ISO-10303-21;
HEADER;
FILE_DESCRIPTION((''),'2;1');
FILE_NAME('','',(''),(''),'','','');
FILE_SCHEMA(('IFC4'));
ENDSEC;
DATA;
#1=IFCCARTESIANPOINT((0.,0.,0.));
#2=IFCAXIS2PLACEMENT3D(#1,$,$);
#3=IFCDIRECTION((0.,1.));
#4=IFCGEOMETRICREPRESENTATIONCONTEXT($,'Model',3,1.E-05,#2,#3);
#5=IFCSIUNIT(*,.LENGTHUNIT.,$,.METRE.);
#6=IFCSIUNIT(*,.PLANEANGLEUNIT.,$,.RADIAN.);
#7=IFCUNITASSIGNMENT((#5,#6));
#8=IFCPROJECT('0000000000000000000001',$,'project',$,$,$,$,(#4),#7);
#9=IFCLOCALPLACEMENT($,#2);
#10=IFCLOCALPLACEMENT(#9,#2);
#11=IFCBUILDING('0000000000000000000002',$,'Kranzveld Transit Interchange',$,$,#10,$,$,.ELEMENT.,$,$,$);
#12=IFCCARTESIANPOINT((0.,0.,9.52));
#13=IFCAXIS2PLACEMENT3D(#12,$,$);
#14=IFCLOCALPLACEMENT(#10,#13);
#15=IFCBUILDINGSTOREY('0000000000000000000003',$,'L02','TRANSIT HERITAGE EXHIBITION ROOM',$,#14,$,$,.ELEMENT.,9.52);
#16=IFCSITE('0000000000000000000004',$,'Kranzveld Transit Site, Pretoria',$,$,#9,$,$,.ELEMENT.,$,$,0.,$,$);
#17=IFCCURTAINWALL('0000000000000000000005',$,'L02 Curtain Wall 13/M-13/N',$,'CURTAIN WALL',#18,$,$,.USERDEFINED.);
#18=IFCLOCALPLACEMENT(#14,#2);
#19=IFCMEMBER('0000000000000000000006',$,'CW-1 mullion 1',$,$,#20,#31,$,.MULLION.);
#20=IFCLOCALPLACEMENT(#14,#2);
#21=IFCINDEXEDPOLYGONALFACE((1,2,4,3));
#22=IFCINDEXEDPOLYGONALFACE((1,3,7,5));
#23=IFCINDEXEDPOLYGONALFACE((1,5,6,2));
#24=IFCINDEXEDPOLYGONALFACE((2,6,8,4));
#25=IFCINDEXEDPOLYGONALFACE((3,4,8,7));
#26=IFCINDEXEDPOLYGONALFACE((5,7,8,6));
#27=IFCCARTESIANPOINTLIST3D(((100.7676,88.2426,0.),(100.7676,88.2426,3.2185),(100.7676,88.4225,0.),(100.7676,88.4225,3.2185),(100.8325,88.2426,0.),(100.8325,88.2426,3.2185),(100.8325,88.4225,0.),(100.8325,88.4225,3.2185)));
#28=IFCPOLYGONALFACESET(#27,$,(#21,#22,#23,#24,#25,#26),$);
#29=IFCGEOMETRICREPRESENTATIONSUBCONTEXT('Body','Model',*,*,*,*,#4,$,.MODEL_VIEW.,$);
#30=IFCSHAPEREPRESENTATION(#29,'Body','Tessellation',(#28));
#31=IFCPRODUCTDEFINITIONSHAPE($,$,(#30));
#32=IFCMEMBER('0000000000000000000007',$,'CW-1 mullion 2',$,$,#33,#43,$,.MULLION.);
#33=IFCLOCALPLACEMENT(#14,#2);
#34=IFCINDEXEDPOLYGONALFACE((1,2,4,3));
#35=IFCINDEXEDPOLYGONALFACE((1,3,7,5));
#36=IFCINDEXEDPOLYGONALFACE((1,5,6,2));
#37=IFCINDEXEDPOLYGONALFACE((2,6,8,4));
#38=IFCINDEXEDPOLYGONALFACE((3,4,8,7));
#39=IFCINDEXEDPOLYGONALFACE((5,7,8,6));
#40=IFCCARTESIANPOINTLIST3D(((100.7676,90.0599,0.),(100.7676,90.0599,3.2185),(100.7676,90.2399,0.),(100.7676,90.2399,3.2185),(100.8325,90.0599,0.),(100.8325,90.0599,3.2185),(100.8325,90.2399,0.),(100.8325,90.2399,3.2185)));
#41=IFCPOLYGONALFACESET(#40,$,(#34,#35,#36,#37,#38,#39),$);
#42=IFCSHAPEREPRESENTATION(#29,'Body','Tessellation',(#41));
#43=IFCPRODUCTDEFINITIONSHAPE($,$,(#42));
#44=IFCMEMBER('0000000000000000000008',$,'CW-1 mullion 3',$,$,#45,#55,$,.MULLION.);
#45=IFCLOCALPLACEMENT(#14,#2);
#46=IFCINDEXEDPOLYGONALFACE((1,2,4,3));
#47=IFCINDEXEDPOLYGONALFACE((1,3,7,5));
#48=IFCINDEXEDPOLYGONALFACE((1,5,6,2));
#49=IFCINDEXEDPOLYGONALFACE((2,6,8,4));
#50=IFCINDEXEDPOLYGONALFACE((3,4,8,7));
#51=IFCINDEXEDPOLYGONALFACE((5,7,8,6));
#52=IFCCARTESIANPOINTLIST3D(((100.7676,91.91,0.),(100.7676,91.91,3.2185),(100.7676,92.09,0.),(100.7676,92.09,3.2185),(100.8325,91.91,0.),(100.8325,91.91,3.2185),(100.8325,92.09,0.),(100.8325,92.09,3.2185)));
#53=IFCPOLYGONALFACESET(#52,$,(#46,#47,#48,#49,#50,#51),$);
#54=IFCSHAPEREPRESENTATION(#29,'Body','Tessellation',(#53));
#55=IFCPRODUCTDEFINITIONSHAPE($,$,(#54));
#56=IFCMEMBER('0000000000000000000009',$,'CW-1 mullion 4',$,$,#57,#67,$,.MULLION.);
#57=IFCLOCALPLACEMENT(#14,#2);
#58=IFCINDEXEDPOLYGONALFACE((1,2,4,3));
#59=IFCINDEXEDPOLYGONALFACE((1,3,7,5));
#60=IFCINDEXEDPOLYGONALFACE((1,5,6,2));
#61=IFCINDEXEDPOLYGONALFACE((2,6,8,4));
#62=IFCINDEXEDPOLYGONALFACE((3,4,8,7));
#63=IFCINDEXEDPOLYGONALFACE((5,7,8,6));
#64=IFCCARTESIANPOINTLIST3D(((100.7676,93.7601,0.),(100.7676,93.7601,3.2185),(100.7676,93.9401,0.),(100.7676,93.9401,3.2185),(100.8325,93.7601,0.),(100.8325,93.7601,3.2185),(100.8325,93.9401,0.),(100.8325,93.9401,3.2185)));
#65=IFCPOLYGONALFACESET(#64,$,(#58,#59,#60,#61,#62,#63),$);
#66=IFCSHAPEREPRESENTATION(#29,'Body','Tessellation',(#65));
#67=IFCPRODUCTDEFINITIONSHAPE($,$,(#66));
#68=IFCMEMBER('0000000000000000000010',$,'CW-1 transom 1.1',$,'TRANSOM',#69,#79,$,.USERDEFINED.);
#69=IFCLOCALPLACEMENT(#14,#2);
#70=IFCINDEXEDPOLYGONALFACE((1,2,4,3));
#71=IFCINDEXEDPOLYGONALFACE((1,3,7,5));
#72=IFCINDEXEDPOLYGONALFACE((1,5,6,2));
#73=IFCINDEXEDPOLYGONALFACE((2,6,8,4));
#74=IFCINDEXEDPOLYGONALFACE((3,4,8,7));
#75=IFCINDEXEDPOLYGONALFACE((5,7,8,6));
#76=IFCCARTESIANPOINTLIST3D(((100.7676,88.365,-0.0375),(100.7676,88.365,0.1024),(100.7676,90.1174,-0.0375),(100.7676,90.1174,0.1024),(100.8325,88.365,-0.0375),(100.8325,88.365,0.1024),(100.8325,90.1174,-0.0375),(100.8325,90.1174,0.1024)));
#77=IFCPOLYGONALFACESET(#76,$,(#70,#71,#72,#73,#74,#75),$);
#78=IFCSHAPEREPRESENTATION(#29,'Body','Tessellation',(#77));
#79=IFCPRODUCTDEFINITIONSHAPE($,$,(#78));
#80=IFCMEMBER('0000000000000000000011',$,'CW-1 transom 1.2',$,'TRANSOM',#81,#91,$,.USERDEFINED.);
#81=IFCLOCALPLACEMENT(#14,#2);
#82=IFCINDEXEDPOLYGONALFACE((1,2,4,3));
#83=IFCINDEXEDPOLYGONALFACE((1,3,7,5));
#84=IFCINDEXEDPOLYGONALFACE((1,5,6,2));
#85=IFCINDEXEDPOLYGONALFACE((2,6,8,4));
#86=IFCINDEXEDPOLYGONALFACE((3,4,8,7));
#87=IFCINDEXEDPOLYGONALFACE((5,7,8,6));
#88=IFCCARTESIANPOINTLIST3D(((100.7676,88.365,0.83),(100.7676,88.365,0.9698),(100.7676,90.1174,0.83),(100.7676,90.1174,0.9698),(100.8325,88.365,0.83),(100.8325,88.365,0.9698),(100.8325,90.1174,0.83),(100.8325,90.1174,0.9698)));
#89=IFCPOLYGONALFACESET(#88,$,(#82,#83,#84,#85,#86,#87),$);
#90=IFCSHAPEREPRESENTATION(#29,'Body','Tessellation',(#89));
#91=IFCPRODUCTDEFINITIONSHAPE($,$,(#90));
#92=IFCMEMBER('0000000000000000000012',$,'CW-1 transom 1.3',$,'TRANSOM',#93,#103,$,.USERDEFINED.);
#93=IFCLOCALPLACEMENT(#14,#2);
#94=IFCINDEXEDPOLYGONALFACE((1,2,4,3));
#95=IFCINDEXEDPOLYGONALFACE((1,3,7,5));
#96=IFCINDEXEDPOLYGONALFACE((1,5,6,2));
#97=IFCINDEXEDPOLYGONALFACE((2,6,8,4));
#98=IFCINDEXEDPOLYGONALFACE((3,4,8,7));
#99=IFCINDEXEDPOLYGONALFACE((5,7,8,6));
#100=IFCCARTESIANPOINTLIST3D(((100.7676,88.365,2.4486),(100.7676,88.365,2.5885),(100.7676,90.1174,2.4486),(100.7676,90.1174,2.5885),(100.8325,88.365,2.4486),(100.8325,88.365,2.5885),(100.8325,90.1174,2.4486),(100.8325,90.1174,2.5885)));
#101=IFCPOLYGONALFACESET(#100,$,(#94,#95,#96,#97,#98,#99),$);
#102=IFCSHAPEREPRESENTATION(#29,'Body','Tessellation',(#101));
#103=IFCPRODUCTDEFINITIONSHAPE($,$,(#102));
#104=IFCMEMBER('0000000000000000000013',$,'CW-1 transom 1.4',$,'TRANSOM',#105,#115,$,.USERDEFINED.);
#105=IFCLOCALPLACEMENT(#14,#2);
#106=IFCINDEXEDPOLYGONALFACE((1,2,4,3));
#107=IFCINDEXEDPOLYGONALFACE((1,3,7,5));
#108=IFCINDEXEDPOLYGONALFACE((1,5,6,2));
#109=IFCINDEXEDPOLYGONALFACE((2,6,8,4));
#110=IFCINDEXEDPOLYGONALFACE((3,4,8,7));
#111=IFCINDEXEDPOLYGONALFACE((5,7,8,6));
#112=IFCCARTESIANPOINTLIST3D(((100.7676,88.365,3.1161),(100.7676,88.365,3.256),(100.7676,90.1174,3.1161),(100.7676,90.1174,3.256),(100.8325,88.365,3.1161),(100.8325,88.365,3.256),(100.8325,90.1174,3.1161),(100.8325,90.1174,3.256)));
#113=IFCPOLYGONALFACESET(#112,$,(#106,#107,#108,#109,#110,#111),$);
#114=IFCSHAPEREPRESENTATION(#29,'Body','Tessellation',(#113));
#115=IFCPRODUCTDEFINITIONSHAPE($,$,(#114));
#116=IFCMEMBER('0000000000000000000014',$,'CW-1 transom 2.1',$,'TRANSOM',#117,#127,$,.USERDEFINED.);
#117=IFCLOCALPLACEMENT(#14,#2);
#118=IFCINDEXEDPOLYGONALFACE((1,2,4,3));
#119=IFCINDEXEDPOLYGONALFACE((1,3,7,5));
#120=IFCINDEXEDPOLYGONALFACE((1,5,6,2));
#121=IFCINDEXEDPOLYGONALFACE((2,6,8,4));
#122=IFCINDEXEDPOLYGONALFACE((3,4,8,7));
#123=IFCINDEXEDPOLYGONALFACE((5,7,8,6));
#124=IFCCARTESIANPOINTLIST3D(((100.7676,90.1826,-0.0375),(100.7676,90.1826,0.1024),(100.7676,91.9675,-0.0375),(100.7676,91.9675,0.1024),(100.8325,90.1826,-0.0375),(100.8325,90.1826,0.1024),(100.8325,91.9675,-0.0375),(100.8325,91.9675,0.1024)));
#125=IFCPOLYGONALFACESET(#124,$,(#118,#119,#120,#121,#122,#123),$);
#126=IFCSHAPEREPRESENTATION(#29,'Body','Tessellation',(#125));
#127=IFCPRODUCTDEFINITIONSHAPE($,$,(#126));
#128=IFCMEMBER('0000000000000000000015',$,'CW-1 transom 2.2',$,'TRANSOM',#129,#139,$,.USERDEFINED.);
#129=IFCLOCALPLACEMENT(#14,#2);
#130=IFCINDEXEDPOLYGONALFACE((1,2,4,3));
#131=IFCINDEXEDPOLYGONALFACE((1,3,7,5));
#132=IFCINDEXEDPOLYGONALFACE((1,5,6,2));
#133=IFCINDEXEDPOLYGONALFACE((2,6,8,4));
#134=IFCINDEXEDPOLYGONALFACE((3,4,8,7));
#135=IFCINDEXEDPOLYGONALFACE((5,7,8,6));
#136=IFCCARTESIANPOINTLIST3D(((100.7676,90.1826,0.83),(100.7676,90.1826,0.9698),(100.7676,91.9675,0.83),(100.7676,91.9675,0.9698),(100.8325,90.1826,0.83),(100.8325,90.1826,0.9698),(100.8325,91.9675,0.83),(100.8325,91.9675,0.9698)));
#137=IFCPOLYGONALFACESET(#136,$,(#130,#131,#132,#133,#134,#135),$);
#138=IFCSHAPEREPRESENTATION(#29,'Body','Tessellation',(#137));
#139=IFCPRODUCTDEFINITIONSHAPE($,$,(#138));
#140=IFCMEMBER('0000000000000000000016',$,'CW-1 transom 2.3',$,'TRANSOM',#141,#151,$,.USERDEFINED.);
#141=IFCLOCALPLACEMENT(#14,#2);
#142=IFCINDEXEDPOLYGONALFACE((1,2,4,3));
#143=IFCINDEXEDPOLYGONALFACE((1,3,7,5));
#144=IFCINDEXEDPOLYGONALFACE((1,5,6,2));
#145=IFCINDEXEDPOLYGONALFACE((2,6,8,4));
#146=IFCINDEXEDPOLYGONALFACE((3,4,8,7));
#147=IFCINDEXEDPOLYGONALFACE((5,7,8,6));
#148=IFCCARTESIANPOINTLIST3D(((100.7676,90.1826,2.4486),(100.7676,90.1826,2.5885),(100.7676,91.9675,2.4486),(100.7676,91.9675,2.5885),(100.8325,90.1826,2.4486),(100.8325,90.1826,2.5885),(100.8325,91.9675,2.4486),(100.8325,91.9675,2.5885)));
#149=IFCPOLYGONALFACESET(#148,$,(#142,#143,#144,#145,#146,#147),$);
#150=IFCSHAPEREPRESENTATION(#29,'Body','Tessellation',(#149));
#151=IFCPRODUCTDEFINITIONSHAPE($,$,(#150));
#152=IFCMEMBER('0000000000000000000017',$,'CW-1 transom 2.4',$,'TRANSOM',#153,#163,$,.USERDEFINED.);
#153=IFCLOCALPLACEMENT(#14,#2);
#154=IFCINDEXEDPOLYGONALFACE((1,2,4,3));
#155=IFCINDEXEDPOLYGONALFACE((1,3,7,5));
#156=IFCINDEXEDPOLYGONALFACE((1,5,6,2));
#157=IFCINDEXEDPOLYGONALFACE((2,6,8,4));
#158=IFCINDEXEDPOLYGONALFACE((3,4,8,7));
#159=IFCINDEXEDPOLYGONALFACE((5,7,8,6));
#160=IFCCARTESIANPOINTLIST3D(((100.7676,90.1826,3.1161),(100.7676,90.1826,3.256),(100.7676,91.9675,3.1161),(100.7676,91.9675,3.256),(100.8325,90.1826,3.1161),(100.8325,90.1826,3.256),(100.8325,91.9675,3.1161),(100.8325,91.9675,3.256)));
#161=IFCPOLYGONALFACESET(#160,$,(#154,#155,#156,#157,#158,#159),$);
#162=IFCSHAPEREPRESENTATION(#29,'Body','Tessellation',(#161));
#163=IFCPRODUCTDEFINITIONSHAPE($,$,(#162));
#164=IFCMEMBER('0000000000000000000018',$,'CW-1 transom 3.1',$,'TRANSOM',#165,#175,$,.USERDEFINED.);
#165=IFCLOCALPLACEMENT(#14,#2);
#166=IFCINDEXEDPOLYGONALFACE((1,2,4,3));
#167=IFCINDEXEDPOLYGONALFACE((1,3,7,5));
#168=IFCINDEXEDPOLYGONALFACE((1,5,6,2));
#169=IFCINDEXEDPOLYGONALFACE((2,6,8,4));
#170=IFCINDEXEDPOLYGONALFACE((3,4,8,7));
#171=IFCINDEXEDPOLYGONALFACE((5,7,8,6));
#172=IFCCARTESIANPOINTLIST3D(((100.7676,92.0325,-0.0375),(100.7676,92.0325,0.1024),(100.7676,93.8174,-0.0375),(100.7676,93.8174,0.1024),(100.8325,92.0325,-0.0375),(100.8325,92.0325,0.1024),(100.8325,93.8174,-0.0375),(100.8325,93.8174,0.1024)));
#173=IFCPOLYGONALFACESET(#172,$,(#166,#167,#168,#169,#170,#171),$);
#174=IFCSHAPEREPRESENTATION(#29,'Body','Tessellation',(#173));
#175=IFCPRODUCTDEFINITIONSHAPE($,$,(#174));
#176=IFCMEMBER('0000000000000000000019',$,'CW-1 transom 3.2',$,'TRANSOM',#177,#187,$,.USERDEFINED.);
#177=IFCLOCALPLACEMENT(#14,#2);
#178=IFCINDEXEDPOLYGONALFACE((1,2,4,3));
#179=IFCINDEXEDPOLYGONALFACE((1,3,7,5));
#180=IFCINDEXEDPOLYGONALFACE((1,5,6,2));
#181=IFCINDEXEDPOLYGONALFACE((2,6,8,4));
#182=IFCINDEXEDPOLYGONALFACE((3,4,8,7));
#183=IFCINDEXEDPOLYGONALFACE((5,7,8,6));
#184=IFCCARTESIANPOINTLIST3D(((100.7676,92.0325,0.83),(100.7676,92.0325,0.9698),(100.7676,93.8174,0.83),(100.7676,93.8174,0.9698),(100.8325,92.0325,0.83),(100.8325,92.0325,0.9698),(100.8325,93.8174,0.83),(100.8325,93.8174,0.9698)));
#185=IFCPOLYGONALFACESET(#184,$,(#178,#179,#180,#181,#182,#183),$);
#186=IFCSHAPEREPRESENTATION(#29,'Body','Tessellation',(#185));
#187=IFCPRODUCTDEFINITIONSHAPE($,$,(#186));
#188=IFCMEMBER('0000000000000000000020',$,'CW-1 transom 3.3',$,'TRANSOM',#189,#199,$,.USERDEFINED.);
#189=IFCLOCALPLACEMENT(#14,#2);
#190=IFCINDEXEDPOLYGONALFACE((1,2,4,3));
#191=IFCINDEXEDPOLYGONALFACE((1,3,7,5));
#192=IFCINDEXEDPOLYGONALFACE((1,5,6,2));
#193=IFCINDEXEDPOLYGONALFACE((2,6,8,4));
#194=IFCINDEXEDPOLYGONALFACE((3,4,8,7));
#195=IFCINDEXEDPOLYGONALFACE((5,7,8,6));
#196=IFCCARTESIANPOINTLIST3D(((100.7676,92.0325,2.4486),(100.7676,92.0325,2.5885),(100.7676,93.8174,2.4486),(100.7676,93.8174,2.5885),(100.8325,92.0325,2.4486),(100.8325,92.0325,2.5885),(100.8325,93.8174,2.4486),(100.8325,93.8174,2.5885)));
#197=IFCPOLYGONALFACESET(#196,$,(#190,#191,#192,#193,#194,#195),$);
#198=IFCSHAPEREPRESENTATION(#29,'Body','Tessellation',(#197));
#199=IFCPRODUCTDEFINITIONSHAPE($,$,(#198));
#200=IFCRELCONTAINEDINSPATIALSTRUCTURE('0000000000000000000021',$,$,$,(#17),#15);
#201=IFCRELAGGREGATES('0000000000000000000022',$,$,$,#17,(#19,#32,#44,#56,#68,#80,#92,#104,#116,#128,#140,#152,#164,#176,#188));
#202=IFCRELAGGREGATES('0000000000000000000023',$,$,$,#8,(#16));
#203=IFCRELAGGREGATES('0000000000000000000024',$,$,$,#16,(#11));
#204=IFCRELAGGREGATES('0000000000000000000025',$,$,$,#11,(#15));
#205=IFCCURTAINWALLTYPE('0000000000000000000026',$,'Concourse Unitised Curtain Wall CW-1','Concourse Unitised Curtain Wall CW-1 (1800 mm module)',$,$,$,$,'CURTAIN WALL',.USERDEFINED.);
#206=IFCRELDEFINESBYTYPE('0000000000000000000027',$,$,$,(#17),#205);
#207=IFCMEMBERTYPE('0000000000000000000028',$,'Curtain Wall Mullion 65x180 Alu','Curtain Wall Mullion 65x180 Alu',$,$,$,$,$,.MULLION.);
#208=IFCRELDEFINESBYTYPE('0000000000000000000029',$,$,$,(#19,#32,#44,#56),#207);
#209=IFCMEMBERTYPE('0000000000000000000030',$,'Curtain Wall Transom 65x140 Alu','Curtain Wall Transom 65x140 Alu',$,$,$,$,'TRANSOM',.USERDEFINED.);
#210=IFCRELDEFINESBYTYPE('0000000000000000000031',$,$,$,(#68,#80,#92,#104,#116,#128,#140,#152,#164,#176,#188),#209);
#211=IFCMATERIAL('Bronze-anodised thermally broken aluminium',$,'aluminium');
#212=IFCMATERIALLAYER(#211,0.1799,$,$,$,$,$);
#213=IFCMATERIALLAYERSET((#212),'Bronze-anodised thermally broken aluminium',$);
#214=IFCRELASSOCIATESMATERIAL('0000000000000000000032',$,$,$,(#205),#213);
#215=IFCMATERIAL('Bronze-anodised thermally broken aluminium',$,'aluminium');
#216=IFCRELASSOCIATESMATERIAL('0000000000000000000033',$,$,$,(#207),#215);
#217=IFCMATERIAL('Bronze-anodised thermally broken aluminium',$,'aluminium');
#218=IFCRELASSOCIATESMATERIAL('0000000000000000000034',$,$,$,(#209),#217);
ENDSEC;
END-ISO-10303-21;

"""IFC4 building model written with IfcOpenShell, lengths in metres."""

from ifc_helpers import new_model, si_unit, direction, frame, origin, origin_2d, place, context, subcontext, project, spatial, rectangle, extrude, material, layer, layer_set, material_profile, profile_set, type_object, element, aggregate, save


model = new_model("IFC4")

# Units and contexts
model_context = context("Model", 3, precision=1e-05, world=origin(), true_north=direction((0.0, 1.0)))
body_context = subcontext(model_context, "Body", "Model", "MODEL_VIEW")
ifc_project = project(units=[si_unit("LENGTHUNIT", "METRE"), si_unit("PLANEANGLEUNIT", "RADIAN")], contexts=[model_context])

# Site, building, storey
site_placement = place(None, origin())
site = spatial("IfcSite", under=ifc_project, at=site_placement, Name="Kranzveld Transit Site, Pretoria", CompositionType="ELEMENT", RefElevation=0.0)
building_placement = place(site_placement, origin())
building = spatial("IfcBuilding", under=site, at=building_placement, Name="Kranzveld Transit Interchange", CompositionType="ELEMENT")
storey_placement = place(building_placement, frame((0.0, 0.0, 9.52)))
storey = spatial("IfcBuildingStorey", under=building, at=storey_placement, Name="L02", Description="TRANSIT HERITAGE EXHIBITION ROOM", CompositionType="ELEMENT", Elevation=9.52)

# Curtain wall, members
ifc_material_1 = material(Name="Bronze-anodised thermally broken aluminium", Category="aluminium")
ifc_layer_1 = layer(ifc_material_1, 0.1799)
ifc_layer_set_1 = layer_set([ifc_layer_1], Name="Bronze-anodised thermally broken aluminium")
curtain_wall_type = type_object("IfcCurtainWallType", Name="Concourse Unitised Curtain Wall CW-1", Description="Concourse Unitised Curtain Wall CW-1 (1800 mm module)", ElementType="CURTAIN WALL", PredefinedType="USERDEFINED", material=ifc_layer_set_1)
curtain_wall_placement = place(storey_placement, origin())
curtain_wall = element("IfcCurtainWall", 1, at=curtain_wall_placement, inside=storey, type_object=curtain_wall_type, Name="L02 Curtain Wall 13/M-13/N", ObjectType="CURTAIN WALL", PredefinedType="USERDEFINED")
ifc_material_2 = material(Name="Bronze-anodised thermally broken aluminium", Category="aluminium")
ifc_material_profile_1 = material_profile(ifc_material_2, rectangle(XDim=0.0649, YDim=0.1799, at=origin_2d()), Name="ALU MULLION 65x180")
ifc_profile_set_1 = profile_set([ifc_material_profile_1], Name="Bronze-anodised thermally broken aluminium")
member_type_1 = type_object("IfcMemberType", Name="Curtain Wall Mullion 65x180 Alu", Description="Curtain Wall Mullion 65x180 Alu", PredefinedType="MULLION", material=ifc_profile_set_1)
member_1_placement = place(storey_placement, frame((100.8, 88.3325, 0.0), z_axis=(0.0, 0.0, 1.0), x_axis=(-1.0, 0.0, 0.0)))
member_1 = element("IfcMember", 2, at=member_1_placement, type_object=member_type_1, Name="CW-1 mullion 1", PredefinedType="MULLION", context=body_context, shape_type="SweptSolid", body=[
    extrude(rectangle(XDim=0.0649, YDim=0.1799, at=origin_2d()), origin(), (0.0, 0.0, 1.0), 3.2185),
])
member_2_placement = place(storey_placement, frame((100.8, 90.1499, 0.0), z_axis=(0.0, 0.0, 1.0), x_axis=(-1.0, 0.0, 0.0)))
member_2 = element("IfcMember", 3, at=member_2_placement, type_object=member_type_1, Name="CW-1 mullion 2", PredefinedType="MULLION", context=body_context, shape_type="SweptSolid", body=[
    extrude(rectangle(XDim=0.0649, YDim=0.1799, at=origin_2d()), origin(), (0.0, 0.0, 1.0), 3.2185),
])
member_3_placement = place(storey_placement, frame((100.8, 92.0, 0.0), z_axis=(0.0, 0.0, 1.0), x_axis=(-1.0, 0.0, 0.0)))
member_3 = element("IfcMember", 4, at=member_3_placement, type_object=member_type_1, Name="CW-1 mullion 3", PredefinedType="MULLION", context=body_context, shape_type="SweptSolid", body=[
    extrude(rectangle(XDim=0.0649, YDim=0.1799, at=origin_2d()), origin(), (0.0, 0.0, 1.0), 3.2185),
])
member_4_placement = place(storey_placement, frame((100.8, 93.8501, 0.0), z_axis=(0.0, 0.0, 1.0), x_axis=(-1.0, 0.0, 0.0)))
member_4 = element("IfcMember", 5, at=member_4_placement, type_object=member_type_1, Name="CW-1 mullion 4", PredefinedType="MULLION", context=body_context, shape_type="SweptSolid", body=[
    extrude(rectangle(XDim=0.0649, YDim=0.1799, at=origin_2d()), origin(), (0.0, 0.0, 1.0), 3.2185),
])
ifc_material_3 = material(Name="Bronze-anodised thermally broken aluminium", Category="aluminium")
ifc_material_profile_2 = material_profile(ifc_material_3, rectangle(XDim=0.0649, YDim=0.1399, at=origin_2d()), Name="ALU TRANSOM 65x140")
ifc_profile_set_2 = profile_set([ifc_material_profile_2], Name="Bronze-anodised thermally broken aluminium")
member_type_2 = type_object("IfcMemberType", Name="Curtain Wall Transom 65x140 Alu", Description="Curtain Wall Transom 65x140 Alu", ElementType="TRANSOM", PredefinedType="USERDEFINED", material=ifc_profile_set_2)
member_5_placement = place(storey_placement, frame((100.8, 88.365, 0.0325), z_axis=(0.0, 1.0, 0.0), x_axis=(-1.0, 0.0, 0.0)))
member_5 = element("IfcMember", 6, at=member_5_placement, type_object=member_type_2, Name="CW-1 transom 1.1", ObjectType="TRANSOM", PredefinedType="USERDEFINED", context=body_context, shape_type="SweptSolid", body=[
    extrude(rectangle(XDim=0.0649, YDim=0.1399, at=origin_2d()), origin(), (0.0, 0.0, 1.0), 1.7524),
])
member_6_placement = place(storey_placement, frame((100.8, 88.365, 0.8999), z_axis=(0.0, 1.0, 0.0), x_axis=(-1.0, 0.0, 0.0)))
member_6 = element("IfcMember", 7, at=member_6_placement, type_object=member_type_2, Name="CW-1 transom 1.2", ObjectType="TRANSOM", PredefinedType="USERDEFINED", context=body_context, shape_type="SweptSolid", body=[
    extrude(rectangle(XDim=0.0649, YDim=0.1399, at=origin_2d()), origin(), (0.0, 0.0, 1.0), 1.7524),
])
member_7_placement = place(storey_placement, frame((100.8, 88.365, 2.5186), z_axis=(0.0, 1.0, 0.0), x_axis=(-1.0, 0.0, 0.0)))
member_7 = element("IfcMember", 8, at=member_7_placement, type_object=member_type_2, Name="CW-1 transom 1.3", ObjectType="TRANSOM", PredefinedType="USERDEFINED", context=body_context, shape_type="SweptSolid", body=[
    extrude(rectangle(XDim=0.0649, YDim=0.1399, at=origin_2d()), origin(), (0.0, 0.0, 1.0), 1.7524),
])
member_8_placement = place(storey_placement, frame((100.8, 88.365, 3.186), z_axis=(0.0, 1.0, 0.0), x_axis=(-1.0, 0.0, 0.0)))
member_8 = element("IfcMember", 9, at=member_8_placement, type_object=member_type_2, Name="CW-1 transom 1.4", ObjectType="TRANSOM", PredefinedType="USERDEFINED", context=body_context, shape_type="SweptSolid", body=[
    extrude(rectangle(XDim=0.0649, YDim=0.1399, at=origin_2d()), origin(), (0.0, 0.0, 1.0), 1.7524),
])
member_9_placement = place(storey_placement, frame((100.8, 90.1826, 0.0325), z_axis=(0.0, 1.0, 0.0), x_axis=(-1.0, 0.0, 0.0)))
member_9 = element("IfcMember", 10, at=member_9_placement, type_object=member_type_2, Name="CW-1 transom 2.1", ObjectType="TRANSOM", PredefinedType="USERDEFINED", context=body_context, shape_type="SweptSolid", body=[
    extrude(rectangle(XDim=0.0649, YDim=0.1399, at=origin_2d()), origin(), (0.0, 0.0, 1.0), 1.7849),
])
member_10_placement = place(storey_placement, frame((100.8, 90.1826, 0.8999), z_axis=(0.0, 1.0, 0.0), x_axis=(-1.0, 0.0, 0.0)))
member_10 = element("IfcMember", 11, at=member_10_placement, type_object=member_type_2, Name="CW-1 transom 2.2", ObjectType="TRANSOM", PredefinedType="USERDEFINED", context=body_context, shape_type="SweptSolid", body=[
    extrude(rectangle(XDim=0.0649, YDim=0.1399, at=origin_2d()), origin(), (0.0, 0.0, 1.0), 1.7849),
])
member_11_placement = place(storey_placement, frame((100.8, 90.1826, 2.5186), z_axis=(0.0, 1.0, 0.0), x_axis=(-1.0, 0.0, 0.0)))
member_11 = element("IfcMember", 12, at=member_11_placement, type_object=member_type_2, Name="CW-1 transom 2.3", ObjectType="TRANSOM", PredefinedType="USERDEFINED", context=body_context, shape_type="SweptSolid", body=[
    extrude(rectangle(XDim=0.0649, YDim=0.1399, at=origin_2d()), origin(), (0.0, 0.0, 1.0), 1.7849),
])
member_12_placement = place(storey_placement, frame((100.8, 90.1826, 3.186), z_axis=(0.0, 1.0, 0.0), x_axis=(-1.0, 0.0, 0.0)))
member_12 = element("IfcMember", 13, at=member_12_placement, type_object=member_type_2, Name="CW-1 transom 2.4", ObjectType="TRANSOM", PredefinedType="USERDEFINED", context=body_context, shape_type="SweptSolid", body=[
    extrude(rectangle(XDim=0.0649, YDim=0.1399, at=origin_2d()), origin(), (0.0, 0.0, 1.0), 1.7849),
])
member_13_placement = place(storey_placement, frame((100.8, 92.0325, 0.0325), z_axis=(0.0, 1.0, 0.0), x_axis=(-1.0, 0.0, 0.0)))
member_13 = element("IfcMember", 14, at=member_13_placement, type_object=member_type_2, Name="CW-1 transom 3.1", ObjectType="TRANSOM", PredefinedType="USERDEFINED", context=body_context, shape_type="SweptSolid", body=[
    extrude(rectangle(XDim=0.0649, YDim=0.1399, at=origin_2d()), origin(), (0.0, 0.0, 1.0), 1.7849),
])
member_14_placement = place(storey_placement, frame((100.8, 92.0325, 0.8999), z_axis=(0.0, 1.0, 0.0), x_axis=(-1.0, 0.0, 0.0)))
member_14 = element("IfcMember", 15, at=member_14_placement, type_object=member_type_2, Name="CW-1 transom 3.2", ObjectType="TRANSOM", PredefinedType="USERDEFINED", context=body_context, shape_type="SweptSolid", body=[
    extrude(rectangle(XDim=0.0649, YDim=0.1399, at=origin_2d()), origin(), (0.0, 0.0, 1.0), 1.7849),
])
member_15_placement = place(storey_placement, frame((100.8, 92.0325, 2.5186), z_axis=(0.0, 1.0, 0.0), x_axis=(-1.0, 0.0, 0.0)))
member_15 = element("IfcMember", 16, at=member_15_placement, type_object=member_type_2, Name="CW-1 transom 3.3", ObjectType="TRANSOM", PredefinedType="USERDEFINED", context=body_context, shape_type="SweptSolid", body=[
    extrude(rectangle(XDim=0.0649, YDim=0.1399, at=origin_2d()), origin(), (0.0, 0.0, 1.0), 1.7849),
])

aggregate(curtain_wall, [member_1, member_2, member_3, member_4, member_5, member_6, member_7, member_8, member_9, member_10, member_11, member_12, member_13, member_14, member_15])

save(model, "model.ifc")
